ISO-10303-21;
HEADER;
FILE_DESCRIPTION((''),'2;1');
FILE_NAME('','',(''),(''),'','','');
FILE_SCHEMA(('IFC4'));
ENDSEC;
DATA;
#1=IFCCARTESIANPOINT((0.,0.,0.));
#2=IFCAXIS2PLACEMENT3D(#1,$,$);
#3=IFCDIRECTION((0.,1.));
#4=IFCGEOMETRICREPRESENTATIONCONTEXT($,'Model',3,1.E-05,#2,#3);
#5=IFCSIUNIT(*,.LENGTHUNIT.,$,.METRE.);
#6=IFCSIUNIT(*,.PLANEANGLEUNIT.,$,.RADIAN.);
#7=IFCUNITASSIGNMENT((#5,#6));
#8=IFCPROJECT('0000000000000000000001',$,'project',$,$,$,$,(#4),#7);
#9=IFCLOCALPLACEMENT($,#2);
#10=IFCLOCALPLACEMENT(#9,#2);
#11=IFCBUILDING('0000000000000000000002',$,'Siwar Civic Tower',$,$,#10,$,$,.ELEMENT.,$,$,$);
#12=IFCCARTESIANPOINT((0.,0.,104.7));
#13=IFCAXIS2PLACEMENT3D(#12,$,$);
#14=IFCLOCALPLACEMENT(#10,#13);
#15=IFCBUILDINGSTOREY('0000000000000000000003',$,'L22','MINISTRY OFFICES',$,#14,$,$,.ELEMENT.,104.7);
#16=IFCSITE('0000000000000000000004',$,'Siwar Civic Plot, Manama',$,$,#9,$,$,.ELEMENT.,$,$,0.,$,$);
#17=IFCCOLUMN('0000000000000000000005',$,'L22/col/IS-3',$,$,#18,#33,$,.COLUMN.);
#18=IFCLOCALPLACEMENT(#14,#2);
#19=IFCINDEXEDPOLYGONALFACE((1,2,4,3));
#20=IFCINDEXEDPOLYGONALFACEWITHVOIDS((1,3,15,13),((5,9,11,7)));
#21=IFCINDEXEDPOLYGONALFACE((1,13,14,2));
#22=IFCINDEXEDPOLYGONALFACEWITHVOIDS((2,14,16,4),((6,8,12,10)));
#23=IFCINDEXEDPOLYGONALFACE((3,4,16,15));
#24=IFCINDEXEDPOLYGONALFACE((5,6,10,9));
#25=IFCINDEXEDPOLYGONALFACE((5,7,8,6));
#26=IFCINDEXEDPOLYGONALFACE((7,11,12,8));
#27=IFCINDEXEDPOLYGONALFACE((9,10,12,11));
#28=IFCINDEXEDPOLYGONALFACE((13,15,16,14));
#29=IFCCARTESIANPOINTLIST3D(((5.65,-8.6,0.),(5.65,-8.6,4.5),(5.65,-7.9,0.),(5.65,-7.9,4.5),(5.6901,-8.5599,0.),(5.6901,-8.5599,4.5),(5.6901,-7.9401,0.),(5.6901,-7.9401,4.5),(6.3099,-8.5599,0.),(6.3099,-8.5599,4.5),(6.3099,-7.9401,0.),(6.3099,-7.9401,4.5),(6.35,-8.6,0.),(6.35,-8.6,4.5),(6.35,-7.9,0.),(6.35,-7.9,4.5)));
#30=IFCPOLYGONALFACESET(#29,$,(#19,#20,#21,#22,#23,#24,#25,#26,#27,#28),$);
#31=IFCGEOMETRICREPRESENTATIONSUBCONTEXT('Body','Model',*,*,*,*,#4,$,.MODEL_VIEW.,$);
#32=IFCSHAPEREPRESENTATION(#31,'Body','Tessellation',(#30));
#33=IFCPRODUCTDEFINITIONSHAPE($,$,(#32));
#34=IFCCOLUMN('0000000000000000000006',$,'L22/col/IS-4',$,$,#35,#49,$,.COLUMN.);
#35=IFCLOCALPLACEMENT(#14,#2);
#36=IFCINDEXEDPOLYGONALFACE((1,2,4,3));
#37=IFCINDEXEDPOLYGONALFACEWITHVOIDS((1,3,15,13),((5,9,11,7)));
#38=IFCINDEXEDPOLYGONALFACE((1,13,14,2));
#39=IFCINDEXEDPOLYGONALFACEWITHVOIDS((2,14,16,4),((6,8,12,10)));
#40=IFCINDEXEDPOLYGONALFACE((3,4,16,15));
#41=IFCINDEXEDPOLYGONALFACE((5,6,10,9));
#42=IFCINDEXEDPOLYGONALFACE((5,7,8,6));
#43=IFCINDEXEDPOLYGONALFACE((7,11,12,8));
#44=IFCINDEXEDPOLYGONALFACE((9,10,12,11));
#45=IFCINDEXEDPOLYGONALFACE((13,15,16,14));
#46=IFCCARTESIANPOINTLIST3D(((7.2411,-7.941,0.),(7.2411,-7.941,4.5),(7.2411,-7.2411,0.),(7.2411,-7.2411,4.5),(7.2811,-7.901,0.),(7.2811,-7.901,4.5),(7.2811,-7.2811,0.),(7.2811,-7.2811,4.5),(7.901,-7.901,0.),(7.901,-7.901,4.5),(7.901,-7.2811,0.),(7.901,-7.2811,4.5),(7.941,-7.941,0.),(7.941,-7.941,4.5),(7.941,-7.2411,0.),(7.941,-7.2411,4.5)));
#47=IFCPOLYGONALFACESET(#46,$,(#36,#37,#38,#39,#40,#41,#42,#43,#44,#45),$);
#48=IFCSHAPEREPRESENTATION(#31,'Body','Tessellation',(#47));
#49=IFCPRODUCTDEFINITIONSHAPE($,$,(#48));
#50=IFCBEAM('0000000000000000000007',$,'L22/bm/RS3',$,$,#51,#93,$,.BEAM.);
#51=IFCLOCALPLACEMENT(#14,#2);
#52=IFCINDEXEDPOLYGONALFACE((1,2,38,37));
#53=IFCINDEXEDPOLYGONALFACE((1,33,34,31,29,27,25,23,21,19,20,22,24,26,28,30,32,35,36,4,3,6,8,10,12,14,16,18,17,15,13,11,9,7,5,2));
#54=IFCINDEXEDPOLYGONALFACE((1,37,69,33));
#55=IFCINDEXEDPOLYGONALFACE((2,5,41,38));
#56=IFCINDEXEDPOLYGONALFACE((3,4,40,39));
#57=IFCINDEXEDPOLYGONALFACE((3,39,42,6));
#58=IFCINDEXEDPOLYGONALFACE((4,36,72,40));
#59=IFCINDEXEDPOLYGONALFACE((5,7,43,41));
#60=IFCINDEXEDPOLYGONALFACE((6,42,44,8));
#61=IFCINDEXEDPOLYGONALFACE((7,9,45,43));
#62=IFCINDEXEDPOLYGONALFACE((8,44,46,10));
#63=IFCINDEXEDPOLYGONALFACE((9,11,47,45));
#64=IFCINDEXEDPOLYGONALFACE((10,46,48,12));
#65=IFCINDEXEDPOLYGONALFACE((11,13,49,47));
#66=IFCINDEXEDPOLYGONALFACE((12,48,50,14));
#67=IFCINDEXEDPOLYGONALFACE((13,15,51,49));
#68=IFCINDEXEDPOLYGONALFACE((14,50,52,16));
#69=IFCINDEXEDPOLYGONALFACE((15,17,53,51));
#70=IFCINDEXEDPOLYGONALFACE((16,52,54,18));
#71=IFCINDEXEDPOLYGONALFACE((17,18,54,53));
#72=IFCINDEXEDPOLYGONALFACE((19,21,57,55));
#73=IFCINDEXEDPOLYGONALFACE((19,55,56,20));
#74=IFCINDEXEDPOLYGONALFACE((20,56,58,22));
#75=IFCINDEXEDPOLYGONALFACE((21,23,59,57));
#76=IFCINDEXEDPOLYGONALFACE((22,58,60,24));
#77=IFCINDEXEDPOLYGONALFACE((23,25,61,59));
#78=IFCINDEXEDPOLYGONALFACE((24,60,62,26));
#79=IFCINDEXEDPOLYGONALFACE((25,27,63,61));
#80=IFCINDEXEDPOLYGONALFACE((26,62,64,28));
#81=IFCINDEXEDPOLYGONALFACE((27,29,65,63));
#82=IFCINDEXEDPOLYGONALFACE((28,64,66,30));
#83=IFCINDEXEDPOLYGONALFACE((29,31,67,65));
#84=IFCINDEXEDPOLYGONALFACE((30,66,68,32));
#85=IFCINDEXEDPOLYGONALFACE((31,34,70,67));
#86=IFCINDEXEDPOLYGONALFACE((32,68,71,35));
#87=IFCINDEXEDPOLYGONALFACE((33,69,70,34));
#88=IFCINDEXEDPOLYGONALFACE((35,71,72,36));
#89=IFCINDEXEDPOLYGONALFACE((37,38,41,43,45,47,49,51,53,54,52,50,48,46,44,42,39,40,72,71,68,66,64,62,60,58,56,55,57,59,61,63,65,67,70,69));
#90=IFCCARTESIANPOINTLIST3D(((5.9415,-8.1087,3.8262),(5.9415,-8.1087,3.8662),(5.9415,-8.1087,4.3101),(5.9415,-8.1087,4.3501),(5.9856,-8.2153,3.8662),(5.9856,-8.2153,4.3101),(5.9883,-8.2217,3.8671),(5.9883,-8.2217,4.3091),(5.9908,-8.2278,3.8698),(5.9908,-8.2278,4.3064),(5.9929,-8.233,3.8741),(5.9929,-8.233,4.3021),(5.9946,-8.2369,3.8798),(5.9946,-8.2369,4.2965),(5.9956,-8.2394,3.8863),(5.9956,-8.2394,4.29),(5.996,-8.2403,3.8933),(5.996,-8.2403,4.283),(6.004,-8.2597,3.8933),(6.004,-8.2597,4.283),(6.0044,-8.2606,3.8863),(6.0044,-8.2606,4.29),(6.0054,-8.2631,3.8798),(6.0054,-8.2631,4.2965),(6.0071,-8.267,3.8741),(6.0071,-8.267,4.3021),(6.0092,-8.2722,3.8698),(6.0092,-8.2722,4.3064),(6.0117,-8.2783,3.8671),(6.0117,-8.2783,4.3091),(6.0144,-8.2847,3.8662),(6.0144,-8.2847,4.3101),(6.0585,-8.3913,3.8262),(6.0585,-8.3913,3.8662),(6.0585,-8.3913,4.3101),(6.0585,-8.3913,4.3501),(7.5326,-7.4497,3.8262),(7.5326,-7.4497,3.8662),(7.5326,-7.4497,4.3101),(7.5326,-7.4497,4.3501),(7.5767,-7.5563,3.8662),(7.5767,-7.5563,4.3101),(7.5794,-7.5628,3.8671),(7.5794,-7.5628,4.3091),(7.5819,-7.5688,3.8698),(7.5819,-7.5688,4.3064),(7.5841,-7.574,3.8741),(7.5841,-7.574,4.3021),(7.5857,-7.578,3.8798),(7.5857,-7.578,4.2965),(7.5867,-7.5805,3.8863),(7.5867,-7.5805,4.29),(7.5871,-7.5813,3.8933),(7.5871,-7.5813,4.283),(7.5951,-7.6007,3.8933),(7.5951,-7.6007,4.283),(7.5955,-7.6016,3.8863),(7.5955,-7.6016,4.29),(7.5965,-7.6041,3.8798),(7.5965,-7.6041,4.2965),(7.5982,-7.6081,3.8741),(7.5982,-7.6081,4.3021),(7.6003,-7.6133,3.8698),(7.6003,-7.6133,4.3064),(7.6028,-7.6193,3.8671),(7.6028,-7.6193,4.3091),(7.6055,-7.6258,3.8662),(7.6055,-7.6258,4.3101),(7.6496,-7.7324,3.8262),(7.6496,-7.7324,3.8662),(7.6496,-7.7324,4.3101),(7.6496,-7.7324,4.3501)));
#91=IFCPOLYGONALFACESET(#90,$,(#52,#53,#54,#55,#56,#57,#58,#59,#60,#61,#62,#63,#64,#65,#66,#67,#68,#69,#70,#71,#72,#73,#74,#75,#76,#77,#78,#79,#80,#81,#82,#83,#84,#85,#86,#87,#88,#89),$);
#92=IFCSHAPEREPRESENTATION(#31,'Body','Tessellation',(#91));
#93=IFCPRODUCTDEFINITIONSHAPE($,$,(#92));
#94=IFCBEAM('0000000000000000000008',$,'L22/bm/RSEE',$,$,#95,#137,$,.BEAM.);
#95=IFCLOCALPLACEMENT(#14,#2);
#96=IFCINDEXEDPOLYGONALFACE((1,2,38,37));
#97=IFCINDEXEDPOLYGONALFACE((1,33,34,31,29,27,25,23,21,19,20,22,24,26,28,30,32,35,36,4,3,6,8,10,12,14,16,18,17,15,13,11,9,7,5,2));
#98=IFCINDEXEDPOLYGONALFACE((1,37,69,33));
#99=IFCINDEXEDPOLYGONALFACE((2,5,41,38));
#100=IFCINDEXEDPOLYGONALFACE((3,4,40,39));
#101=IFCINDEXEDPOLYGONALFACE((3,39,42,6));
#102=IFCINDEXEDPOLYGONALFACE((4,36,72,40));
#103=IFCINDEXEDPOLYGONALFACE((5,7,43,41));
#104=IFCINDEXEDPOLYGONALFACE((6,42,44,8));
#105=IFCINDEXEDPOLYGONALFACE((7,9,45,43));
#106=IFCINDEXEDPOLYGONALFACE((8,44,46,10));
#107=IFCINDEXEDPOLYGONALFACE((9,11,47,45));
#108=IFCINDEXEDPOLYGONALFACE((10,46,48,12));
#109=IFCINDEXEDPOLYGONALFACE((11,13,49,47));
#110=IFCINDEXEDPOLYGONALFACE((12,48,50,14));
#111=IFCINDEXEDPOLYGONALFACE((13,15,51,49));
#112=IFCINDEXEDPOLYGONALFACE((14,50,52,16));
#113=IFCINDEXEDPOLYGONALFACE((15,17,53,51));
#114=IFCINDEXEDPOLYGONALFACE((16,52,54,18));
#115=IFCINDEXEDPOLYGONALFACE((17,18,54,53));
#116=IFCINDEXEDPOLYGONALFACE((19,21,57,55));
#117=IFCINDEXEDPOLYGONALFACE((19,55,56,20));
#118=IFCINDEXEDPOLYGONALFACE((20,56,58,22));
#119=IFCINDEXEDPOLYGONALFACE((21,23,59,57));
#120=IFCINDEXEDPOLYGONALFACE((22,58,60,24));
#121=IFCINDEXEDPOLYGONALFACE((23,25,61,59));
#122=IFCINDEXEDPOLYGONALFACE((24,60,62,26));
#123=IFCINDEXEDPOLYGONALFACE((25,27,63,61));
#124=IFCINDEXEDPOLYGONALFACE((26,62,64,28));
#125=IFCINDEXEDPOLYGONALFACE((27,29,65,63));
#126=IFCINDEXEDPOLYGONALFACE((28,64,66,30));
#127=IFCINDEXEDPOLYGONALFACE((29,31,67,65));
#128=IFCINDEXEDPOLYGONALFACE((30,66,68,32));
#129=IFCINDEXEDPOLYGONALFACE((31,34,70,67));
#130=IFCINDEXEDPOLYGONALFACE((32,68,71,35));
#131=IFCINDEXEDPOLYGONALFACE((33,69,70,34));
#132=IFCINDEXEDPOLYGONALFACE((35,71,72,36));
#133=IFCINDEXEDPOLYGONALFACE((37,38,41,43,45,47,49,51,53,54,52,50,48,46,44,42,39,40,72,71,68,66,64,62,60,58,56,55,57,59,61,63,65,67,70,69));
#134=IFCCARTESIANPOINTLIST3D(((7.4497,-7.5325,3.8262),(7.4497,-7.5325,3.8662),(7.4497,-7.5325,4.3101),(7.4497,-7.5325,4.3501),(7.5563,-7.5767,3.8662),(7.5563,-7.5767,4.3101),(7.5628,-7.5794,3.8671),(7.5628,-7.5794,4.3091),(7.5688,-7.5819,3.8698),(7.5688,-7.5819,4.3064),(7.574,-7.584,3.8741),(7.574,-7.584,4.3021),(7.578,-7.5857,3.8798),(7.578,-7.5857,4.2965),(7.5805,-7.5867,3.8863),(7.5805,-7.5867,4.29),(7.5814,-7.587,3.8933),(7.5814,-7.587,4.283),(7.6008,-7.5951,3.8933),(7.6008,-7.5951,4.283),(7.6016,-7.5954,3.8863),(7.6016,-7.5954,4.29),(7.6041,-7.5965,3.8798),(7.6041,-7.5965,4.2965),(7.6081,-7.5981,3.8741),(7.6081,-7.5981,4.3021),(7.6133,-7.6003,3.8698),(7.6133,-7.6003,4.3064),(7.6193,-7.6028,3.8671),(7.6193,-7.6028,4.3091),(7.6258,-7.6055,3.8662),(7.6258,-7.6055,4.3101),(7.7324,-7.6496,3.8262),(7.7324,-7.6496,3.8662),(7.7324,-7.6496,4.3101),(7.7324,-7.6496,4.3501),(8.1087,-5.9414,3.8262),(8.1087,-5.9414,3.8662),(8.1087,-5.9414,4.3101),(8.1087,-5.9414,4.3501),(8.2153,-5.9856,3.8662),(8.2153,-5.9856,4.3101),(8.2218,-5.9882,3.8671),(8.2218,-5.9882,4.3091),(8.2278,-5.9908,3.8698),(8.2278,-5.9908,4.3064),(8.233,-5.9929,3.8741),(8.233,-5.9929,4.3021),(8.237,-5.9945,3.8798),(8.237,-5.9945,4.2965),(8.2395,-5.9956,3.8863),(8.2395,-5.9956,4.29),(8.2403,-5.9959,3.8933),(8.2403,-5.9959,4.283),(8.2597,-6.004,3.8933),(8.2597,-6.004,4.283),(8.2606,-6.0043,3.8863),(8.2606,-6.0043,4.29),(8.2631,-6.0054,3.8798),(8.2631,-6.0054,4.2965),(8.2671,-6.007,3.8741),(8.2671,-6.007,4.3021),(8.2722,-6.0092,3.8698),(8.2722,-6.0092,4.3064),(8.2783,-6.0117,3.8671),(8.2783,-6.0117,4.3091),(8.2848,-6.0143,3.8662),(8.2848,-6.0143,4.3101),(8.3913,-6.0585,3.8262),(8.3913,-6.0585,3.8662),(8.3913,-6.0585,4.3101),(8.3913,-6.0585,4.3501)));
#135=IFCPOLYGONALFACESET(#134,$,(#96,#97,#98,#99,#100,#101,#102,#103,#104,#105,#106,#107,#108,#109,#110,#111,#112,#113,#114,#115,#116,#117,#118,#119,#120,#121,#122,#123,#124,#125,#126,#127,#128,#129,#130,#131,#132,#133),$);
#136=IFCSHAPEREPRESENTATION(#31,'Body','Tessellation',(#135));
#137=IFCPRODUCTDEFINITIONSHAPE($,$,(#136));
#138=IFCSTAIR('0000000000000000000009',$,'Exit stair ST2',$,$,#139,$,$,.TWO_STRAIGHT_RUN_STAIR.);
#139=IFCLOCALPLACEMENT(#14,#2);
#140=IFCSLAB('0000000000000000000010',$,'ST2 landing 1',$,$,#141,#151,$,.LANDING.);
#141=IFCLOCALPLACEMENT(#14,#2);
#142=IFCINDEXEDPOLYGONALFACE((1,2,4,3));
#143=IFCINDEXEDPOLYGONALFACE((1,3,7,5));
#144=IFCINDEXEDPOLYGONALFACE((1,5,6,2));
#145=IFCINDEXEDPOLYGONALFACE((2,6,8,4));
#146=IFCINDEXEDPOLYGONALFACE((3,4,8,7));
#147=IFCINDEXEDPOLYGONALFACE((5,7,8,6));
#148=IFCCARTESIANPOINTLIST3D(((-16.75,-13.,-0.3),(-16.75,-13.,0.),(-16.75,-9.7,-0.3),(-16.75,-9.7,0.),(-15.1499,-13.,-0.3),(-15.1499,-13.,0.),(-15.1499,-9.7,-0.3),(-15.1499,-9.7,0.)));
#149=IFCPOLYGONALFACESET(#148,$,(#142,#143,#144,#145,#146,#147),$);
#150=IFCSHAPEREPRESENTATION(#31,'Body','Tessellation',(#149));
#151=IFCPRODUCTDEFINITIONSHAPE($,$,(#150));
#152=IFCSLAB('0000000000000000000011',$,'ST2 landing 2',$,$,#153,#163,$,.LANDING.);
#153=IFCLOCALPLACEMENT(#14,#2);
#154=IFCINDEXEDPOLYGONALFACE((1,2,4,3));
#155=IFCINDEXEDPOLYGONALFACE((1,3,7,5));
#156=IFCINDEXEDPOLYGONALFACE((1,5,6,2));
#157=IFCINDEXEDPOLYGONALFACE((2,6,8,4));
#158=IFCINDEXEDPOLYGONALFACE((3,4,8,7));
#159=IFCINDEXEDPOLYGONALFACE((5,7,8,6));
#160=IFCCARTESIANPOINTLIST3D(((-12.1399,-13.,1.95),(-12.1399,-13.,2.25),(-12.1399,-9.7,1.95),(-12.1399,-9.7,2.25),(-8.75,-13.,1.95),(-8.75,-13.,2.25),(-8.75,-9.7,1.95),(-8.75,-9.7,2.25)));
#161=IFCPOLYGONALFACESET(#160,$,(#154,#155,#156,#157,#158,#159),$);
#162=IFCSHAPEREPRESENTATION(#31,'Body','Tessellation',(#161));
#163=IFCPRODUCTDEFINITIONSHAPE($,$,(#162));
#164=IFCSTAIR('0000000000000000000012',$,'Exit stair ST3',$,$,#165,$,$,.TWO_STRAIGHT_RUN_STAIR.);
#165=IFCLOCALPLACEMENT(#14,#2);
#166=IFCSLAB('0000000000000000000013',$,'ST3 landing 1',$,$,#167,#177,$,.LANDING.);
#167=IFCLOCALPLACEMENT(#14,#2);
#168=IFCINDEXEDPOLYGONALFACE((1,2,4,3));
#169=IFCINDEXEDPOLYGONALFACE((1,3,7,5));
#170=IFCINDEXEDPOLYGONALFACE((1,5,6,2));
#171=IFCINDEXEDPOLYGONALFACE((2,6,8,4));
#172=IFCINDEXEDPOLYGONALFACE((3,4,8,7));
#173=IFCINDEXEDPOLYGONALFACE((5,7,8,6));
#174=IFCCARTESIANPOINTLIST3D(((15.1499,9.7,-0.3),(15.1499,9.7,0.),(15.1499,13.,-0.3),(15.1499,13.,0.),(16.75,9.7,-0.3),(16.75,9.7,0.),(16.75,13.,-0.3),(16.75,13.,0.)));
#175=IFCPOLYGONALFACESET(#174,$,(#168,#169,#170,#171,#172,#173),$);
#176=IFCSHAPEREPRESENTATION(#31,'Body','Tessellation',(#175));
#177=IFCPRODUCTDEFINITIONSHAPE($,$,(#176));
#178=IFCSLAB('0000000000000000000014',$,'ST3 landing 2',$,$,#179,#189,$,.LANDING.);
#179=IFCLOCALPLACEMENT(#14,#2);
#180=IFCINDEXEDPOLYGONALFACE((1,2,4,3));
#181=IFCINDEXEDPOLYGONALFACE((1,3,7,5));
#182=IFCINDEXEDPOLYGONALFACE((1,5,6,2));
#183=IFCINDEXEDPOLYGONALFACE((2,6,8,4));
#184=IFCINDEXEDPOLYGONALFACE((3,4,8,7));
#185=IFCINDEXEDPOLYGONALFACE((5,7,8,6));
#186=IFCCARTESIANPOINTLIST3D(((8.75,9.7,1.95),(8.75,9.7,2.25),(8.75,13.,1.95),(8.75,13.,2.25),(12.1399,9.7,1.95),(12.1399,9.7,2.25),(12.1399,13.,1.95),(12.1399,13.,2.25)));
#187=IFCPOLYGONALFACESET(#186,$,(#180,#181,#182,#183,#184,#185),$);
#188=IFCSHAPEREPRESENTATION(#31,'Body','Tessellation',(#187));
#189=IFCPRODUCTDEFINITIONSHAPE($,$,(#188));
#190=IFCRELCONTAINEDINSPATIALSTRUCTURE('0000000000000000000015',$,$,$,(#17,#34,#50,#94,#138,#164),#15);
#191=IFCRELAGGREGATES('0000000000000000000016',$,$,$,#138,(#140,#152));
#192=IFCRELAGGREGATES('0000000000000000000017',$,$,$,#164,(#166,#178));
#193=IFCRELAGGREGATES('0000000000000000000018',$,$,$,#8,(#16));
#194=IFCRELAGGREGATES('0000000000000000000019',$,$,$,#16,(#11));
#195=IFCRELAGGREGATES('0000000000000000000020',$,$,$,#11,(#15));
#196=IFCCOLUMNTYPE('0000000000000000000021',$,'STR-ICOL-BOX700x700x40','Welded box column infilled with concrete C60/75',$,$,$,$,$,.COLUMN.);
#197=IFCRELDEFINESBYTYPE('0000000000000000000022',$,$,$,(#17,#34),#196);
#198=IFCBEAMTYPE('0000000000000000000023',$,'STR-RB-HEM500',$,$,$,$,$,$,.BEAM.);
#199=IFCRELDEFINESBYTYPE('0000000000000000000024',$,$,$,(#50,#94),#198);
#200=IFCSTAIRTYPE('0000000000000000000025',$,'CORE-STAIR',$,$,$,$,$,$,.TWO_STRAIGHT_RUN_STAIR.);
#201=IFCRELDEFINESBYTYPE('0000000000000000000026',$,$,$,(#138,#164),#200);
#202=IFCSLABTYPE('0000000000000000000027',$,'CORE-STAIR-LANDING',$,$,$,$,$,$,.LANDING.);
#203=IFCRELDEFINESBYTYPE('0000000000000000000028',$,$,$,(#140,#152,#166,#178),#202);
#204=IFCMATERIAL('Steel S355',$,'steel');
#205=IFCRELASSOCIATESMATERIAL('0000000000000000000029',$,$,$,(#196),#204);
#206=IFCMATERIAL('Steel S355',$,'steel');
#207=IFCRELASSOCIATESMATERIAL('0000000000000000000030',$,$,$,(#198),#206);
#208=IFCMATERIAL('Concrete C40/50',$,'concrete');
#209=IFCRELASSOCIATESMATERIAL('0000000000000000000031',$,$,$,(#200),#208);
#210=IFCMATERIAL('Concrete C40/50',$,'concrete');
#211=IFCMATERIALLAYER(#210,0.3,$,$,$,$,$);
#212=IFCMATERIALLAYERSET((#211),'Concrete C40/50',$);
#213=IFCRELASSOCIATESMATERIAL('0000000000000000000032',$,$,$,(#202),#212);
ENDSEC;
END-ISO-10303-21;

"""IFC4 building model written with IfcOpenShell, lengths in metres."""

from ifc_helpers import new_model, si_unit, direction, frame, origin, origin_2d, place, context, subcontext, project, spatial, polyline, hollow_rectangle, i_section, outline, extrude, material, layer, layer_set, material_profile, profile_set, type_object, element, aggregate, save


model = new_model("IFC4")

# Units and contexts
model_context = context("Model", 3, precision=1e-05, world=origin(), true_north=direction((0.0, 1.0)))
body_context = subcontext(model_context, "Body", "Model", "MODEL_VIEW")
ifc_project = project(units=[si_unit("LENGTHUNIT", "METRE"), si_unit("PLANEANGLEUNIT", "RADIAN")], contexts=[model_context])

# Site, building, storey
site_placement = place(None, origin())
site = spatial("IfcSite", under=ifc_project, at=site_placement, Name="Siwar Civic Plot, Manama", CompositionType="ELEMENT", RefElevation=0.0)
building_placement = place(site_placement, origin())
building = spatial("IfcBuilding", under=site, at=building_placement, Name="Siwar Civic Tower", CompositionType="ELEMENT")
storey_placement = place(building_placement, frame((0.0, 0.0, 104.7)))
storey = spatial("IfcBuildingStorey", under=building, at=storey_placement, Name="L22", Description="MINISTRY OFFICES", CompositionType="ELEMENT", Elevation=104.7)

# Columns
ifc_material_1 = material(Name="Steel S355", Category="steel")
ifc_material_profile_1 = material_profile(ifc_material_1, hollow_rectangle(XDim=0.7, YDim=0.7, WallThickness=0.04, at=origin_2d()), Name="BOX700x700x40")
ifc_profile_set_1 = profile_set([ifc_material_profile_1], Name="Steel S355")
column_type = type_object("IfcColumnType", Name="STR-ICOL-BOX700x700x40", Description="Welded box column infilled with concrete C60/75", PredefinedType="COLUMN", material=ifc_profile_set_1)
for number, where, z_axis, x_axis, name in (
    (1, (6.0, -8.25, 0.0), (0.0, 0.0, 1.0), (1.0, 0.0, 0.0), "L22/col/IS-3"),
    (2, (7.5911, -7.5911, 0.0), (0.0, 0.0, 1.0), (1.0, 0.0, 0.0), "L22/col/IS-4"),
):
    element("IfcColumn", number, at=place(storey_placement, frame(where, z_axis=z_axis, x_axis=x_axis)), inside=storey, type_object=column_type, Name=name, PredefinedType="COLUMN", context=body_context, shape_type="SweptSolid", body=[
        extrude(hollow_rectangle(XDim=0.7, YDim=0.7, WallThickness=0.04, at=origin_2d()), origin(), (0.0, 0.0, 1.0), 4.5),
    ])

# Beams
ifc_material_2 = material(Name="Steel S355", Category="steel")
ifc_material_profile_2 = material_profile(ifc_material_2, i_section(OverallWidth=0.3059, OverallDepth=0.5239, WebThickness=0.021, FlangeThickness=0.04, FilletRadius=0.0271, at=origin_2d()), Name="HEM500")
ifc_profile_set_2 = profile_set([ifc_material_profile_2], Name="Steel S355")
beam_type = type_object("IfcBeamType", Name="STR-RB-HEM500", PredefinedType="BEAM", material=ifc_profile_set_2)
for number, where, z_axis, x_axis, name in (
    (3, (6.0, -8.25, 4.0881), (0.923901, 0.382631, 0.0), (-0.382631, 0.923901, 0.0), "L22/bm/RS3"),
    (4, (7.5911, -7.5911, 4.0881), (0.382631, 0.923901, 0.0), (-0.923901, 0.382631, 0.0), "L22/bm/RSEE"),
):
    element("IfcBeam", number, at=place(storey_placement, frame(where, z_axis=z_axis, x_axis=x_axis)), inside=storey, type_object=beam_type, Name=name, PredefinedType="BEAM", context=body_context, shape_type="SweptSolid", body=[
        extrude(i_section(OverallWidth=0.3059, OverallDepth=0.5239, WebThickness=0.021, FlangeThickness=0.04, FilletRadius=0.0271, at=origin_2d()), origin(), (0.0, 0.0, 1.0), 1.7222),
    ])

# Stairs, slabs
ifc_material_3 = material(Name="Concrete C40/50", Category="concrete")
stair_type = type_object("IfcStairType", Name="CORE-STAIR", PredefinedType="TWO_STRAIGHT_RUN_STAIR", material=ifc_material_3)
stair_1_placement = place(storey_placement, origin())
stair_1 = element("IfcStair", 5, at=stair_1_placement, inside=storey, type_object=stair_type, Name="Exit stair ST2", PredefinedType="TWO_STRAIGHT_RUN_STAIR")
ifc_material_4 = material(Name="Concrete C40/50", Category="concrete")
ifc_layer_1 = layer(ifc_material_4, 0.3)
ifc_layer_set_1 = layer_set([ifc_layer_1], Name="Concrete C40/50")
slab_type = type_object("IfcSlabType", Name="CORE-STAIR-LANDING", PredefinedType="LANDING", material=ifc_layer_set_1)
slab_1_placement = place(storey_placement, frame((0.0, 0.0, -0.3)))
slab_1 = element("IfcSlab", 6, at=slab_1_placement, type_object=slab_type, Name="ST2 landing 1", PredefinedType="LANDING", context=body_context, shape_type="SweptSolid", body=[
    extrude(outline(polyline([(-15.1499, -9.7), (-16.75, -9.7), (-16.75, -13.0), (-15.1499, -13.0), (-15.1499, -9.7)])), origin(), (0.0, 0.0, 1.0), 0.3),
])
slab_2_placement = place(storey_placement, frame((0.0, 0.0, 1.95)))
slab_2 = element("IfcSlab", 7, at=slab_2_placement, type_object=slab_type, Name="ST2 landing 2", PredefinedType="LANDING", context=body_context, shape_type="SweptSolid", body=[
    extrude(outline(polyline([(-8.75, -9.7), (-12.1399, -9.7), (-12.1399, -13.0), (-8.75, -13.0), (-8.75, -9.7)])), origin(), (0.0, 0.0, 1.0), 0.3),
])
aggregate(stair_1, [slab_1, slab_2])
stair_2_placement = place(storey_placement, origin())
stair_2 = element("IfcStair", 8, at=stair_2_placement, inside=storey, type_object=stair_type, Name="Exit stair ST3", PredefinedType="TWO_STRAIGHT_RUN_STAIR")
slab_3_placement = place(storey_placement, frame((0.0, 0.0, -0.3)))
slab_3 = element("IfcSlab", 9, at=slab_3_placement, type_object=slab_type, Name="ST3 landing 1", PredefinedType="LANDING", context=body_context, shape_type="SweptSolid", body=[
    extrude(outline(polyline([(15.1499, 9.7), (16.75, 9.7), (16.75, 13.0), (15.1499, 13.0), (15.1499, 9.7)])), origin(), (0.0, 0.0, 1.0), 0.3),
])
slab_4_placement = place(storey_placement, frame((0.0, 0.0, 1.95)))
slab_4 = element("IfcSlab", 10, at=slab_4_placement, type_object=slab_type, Name="ST3 landing 2", PredefinedType="LANDING", context=body_context, shape_type="SweptSolid", body=[
    extrude(outline(polyline([(8.75, 9.7), (12.1399, 9.7), (12.1399, 13.0), (8.75, 13.0), (8.75, 9.7)])), origin(), (0.0, 0.0, 1.0), 0.3),
])
aggregate(stair_2, [slab_3, slab_4])

save(model, "model.ifc")
